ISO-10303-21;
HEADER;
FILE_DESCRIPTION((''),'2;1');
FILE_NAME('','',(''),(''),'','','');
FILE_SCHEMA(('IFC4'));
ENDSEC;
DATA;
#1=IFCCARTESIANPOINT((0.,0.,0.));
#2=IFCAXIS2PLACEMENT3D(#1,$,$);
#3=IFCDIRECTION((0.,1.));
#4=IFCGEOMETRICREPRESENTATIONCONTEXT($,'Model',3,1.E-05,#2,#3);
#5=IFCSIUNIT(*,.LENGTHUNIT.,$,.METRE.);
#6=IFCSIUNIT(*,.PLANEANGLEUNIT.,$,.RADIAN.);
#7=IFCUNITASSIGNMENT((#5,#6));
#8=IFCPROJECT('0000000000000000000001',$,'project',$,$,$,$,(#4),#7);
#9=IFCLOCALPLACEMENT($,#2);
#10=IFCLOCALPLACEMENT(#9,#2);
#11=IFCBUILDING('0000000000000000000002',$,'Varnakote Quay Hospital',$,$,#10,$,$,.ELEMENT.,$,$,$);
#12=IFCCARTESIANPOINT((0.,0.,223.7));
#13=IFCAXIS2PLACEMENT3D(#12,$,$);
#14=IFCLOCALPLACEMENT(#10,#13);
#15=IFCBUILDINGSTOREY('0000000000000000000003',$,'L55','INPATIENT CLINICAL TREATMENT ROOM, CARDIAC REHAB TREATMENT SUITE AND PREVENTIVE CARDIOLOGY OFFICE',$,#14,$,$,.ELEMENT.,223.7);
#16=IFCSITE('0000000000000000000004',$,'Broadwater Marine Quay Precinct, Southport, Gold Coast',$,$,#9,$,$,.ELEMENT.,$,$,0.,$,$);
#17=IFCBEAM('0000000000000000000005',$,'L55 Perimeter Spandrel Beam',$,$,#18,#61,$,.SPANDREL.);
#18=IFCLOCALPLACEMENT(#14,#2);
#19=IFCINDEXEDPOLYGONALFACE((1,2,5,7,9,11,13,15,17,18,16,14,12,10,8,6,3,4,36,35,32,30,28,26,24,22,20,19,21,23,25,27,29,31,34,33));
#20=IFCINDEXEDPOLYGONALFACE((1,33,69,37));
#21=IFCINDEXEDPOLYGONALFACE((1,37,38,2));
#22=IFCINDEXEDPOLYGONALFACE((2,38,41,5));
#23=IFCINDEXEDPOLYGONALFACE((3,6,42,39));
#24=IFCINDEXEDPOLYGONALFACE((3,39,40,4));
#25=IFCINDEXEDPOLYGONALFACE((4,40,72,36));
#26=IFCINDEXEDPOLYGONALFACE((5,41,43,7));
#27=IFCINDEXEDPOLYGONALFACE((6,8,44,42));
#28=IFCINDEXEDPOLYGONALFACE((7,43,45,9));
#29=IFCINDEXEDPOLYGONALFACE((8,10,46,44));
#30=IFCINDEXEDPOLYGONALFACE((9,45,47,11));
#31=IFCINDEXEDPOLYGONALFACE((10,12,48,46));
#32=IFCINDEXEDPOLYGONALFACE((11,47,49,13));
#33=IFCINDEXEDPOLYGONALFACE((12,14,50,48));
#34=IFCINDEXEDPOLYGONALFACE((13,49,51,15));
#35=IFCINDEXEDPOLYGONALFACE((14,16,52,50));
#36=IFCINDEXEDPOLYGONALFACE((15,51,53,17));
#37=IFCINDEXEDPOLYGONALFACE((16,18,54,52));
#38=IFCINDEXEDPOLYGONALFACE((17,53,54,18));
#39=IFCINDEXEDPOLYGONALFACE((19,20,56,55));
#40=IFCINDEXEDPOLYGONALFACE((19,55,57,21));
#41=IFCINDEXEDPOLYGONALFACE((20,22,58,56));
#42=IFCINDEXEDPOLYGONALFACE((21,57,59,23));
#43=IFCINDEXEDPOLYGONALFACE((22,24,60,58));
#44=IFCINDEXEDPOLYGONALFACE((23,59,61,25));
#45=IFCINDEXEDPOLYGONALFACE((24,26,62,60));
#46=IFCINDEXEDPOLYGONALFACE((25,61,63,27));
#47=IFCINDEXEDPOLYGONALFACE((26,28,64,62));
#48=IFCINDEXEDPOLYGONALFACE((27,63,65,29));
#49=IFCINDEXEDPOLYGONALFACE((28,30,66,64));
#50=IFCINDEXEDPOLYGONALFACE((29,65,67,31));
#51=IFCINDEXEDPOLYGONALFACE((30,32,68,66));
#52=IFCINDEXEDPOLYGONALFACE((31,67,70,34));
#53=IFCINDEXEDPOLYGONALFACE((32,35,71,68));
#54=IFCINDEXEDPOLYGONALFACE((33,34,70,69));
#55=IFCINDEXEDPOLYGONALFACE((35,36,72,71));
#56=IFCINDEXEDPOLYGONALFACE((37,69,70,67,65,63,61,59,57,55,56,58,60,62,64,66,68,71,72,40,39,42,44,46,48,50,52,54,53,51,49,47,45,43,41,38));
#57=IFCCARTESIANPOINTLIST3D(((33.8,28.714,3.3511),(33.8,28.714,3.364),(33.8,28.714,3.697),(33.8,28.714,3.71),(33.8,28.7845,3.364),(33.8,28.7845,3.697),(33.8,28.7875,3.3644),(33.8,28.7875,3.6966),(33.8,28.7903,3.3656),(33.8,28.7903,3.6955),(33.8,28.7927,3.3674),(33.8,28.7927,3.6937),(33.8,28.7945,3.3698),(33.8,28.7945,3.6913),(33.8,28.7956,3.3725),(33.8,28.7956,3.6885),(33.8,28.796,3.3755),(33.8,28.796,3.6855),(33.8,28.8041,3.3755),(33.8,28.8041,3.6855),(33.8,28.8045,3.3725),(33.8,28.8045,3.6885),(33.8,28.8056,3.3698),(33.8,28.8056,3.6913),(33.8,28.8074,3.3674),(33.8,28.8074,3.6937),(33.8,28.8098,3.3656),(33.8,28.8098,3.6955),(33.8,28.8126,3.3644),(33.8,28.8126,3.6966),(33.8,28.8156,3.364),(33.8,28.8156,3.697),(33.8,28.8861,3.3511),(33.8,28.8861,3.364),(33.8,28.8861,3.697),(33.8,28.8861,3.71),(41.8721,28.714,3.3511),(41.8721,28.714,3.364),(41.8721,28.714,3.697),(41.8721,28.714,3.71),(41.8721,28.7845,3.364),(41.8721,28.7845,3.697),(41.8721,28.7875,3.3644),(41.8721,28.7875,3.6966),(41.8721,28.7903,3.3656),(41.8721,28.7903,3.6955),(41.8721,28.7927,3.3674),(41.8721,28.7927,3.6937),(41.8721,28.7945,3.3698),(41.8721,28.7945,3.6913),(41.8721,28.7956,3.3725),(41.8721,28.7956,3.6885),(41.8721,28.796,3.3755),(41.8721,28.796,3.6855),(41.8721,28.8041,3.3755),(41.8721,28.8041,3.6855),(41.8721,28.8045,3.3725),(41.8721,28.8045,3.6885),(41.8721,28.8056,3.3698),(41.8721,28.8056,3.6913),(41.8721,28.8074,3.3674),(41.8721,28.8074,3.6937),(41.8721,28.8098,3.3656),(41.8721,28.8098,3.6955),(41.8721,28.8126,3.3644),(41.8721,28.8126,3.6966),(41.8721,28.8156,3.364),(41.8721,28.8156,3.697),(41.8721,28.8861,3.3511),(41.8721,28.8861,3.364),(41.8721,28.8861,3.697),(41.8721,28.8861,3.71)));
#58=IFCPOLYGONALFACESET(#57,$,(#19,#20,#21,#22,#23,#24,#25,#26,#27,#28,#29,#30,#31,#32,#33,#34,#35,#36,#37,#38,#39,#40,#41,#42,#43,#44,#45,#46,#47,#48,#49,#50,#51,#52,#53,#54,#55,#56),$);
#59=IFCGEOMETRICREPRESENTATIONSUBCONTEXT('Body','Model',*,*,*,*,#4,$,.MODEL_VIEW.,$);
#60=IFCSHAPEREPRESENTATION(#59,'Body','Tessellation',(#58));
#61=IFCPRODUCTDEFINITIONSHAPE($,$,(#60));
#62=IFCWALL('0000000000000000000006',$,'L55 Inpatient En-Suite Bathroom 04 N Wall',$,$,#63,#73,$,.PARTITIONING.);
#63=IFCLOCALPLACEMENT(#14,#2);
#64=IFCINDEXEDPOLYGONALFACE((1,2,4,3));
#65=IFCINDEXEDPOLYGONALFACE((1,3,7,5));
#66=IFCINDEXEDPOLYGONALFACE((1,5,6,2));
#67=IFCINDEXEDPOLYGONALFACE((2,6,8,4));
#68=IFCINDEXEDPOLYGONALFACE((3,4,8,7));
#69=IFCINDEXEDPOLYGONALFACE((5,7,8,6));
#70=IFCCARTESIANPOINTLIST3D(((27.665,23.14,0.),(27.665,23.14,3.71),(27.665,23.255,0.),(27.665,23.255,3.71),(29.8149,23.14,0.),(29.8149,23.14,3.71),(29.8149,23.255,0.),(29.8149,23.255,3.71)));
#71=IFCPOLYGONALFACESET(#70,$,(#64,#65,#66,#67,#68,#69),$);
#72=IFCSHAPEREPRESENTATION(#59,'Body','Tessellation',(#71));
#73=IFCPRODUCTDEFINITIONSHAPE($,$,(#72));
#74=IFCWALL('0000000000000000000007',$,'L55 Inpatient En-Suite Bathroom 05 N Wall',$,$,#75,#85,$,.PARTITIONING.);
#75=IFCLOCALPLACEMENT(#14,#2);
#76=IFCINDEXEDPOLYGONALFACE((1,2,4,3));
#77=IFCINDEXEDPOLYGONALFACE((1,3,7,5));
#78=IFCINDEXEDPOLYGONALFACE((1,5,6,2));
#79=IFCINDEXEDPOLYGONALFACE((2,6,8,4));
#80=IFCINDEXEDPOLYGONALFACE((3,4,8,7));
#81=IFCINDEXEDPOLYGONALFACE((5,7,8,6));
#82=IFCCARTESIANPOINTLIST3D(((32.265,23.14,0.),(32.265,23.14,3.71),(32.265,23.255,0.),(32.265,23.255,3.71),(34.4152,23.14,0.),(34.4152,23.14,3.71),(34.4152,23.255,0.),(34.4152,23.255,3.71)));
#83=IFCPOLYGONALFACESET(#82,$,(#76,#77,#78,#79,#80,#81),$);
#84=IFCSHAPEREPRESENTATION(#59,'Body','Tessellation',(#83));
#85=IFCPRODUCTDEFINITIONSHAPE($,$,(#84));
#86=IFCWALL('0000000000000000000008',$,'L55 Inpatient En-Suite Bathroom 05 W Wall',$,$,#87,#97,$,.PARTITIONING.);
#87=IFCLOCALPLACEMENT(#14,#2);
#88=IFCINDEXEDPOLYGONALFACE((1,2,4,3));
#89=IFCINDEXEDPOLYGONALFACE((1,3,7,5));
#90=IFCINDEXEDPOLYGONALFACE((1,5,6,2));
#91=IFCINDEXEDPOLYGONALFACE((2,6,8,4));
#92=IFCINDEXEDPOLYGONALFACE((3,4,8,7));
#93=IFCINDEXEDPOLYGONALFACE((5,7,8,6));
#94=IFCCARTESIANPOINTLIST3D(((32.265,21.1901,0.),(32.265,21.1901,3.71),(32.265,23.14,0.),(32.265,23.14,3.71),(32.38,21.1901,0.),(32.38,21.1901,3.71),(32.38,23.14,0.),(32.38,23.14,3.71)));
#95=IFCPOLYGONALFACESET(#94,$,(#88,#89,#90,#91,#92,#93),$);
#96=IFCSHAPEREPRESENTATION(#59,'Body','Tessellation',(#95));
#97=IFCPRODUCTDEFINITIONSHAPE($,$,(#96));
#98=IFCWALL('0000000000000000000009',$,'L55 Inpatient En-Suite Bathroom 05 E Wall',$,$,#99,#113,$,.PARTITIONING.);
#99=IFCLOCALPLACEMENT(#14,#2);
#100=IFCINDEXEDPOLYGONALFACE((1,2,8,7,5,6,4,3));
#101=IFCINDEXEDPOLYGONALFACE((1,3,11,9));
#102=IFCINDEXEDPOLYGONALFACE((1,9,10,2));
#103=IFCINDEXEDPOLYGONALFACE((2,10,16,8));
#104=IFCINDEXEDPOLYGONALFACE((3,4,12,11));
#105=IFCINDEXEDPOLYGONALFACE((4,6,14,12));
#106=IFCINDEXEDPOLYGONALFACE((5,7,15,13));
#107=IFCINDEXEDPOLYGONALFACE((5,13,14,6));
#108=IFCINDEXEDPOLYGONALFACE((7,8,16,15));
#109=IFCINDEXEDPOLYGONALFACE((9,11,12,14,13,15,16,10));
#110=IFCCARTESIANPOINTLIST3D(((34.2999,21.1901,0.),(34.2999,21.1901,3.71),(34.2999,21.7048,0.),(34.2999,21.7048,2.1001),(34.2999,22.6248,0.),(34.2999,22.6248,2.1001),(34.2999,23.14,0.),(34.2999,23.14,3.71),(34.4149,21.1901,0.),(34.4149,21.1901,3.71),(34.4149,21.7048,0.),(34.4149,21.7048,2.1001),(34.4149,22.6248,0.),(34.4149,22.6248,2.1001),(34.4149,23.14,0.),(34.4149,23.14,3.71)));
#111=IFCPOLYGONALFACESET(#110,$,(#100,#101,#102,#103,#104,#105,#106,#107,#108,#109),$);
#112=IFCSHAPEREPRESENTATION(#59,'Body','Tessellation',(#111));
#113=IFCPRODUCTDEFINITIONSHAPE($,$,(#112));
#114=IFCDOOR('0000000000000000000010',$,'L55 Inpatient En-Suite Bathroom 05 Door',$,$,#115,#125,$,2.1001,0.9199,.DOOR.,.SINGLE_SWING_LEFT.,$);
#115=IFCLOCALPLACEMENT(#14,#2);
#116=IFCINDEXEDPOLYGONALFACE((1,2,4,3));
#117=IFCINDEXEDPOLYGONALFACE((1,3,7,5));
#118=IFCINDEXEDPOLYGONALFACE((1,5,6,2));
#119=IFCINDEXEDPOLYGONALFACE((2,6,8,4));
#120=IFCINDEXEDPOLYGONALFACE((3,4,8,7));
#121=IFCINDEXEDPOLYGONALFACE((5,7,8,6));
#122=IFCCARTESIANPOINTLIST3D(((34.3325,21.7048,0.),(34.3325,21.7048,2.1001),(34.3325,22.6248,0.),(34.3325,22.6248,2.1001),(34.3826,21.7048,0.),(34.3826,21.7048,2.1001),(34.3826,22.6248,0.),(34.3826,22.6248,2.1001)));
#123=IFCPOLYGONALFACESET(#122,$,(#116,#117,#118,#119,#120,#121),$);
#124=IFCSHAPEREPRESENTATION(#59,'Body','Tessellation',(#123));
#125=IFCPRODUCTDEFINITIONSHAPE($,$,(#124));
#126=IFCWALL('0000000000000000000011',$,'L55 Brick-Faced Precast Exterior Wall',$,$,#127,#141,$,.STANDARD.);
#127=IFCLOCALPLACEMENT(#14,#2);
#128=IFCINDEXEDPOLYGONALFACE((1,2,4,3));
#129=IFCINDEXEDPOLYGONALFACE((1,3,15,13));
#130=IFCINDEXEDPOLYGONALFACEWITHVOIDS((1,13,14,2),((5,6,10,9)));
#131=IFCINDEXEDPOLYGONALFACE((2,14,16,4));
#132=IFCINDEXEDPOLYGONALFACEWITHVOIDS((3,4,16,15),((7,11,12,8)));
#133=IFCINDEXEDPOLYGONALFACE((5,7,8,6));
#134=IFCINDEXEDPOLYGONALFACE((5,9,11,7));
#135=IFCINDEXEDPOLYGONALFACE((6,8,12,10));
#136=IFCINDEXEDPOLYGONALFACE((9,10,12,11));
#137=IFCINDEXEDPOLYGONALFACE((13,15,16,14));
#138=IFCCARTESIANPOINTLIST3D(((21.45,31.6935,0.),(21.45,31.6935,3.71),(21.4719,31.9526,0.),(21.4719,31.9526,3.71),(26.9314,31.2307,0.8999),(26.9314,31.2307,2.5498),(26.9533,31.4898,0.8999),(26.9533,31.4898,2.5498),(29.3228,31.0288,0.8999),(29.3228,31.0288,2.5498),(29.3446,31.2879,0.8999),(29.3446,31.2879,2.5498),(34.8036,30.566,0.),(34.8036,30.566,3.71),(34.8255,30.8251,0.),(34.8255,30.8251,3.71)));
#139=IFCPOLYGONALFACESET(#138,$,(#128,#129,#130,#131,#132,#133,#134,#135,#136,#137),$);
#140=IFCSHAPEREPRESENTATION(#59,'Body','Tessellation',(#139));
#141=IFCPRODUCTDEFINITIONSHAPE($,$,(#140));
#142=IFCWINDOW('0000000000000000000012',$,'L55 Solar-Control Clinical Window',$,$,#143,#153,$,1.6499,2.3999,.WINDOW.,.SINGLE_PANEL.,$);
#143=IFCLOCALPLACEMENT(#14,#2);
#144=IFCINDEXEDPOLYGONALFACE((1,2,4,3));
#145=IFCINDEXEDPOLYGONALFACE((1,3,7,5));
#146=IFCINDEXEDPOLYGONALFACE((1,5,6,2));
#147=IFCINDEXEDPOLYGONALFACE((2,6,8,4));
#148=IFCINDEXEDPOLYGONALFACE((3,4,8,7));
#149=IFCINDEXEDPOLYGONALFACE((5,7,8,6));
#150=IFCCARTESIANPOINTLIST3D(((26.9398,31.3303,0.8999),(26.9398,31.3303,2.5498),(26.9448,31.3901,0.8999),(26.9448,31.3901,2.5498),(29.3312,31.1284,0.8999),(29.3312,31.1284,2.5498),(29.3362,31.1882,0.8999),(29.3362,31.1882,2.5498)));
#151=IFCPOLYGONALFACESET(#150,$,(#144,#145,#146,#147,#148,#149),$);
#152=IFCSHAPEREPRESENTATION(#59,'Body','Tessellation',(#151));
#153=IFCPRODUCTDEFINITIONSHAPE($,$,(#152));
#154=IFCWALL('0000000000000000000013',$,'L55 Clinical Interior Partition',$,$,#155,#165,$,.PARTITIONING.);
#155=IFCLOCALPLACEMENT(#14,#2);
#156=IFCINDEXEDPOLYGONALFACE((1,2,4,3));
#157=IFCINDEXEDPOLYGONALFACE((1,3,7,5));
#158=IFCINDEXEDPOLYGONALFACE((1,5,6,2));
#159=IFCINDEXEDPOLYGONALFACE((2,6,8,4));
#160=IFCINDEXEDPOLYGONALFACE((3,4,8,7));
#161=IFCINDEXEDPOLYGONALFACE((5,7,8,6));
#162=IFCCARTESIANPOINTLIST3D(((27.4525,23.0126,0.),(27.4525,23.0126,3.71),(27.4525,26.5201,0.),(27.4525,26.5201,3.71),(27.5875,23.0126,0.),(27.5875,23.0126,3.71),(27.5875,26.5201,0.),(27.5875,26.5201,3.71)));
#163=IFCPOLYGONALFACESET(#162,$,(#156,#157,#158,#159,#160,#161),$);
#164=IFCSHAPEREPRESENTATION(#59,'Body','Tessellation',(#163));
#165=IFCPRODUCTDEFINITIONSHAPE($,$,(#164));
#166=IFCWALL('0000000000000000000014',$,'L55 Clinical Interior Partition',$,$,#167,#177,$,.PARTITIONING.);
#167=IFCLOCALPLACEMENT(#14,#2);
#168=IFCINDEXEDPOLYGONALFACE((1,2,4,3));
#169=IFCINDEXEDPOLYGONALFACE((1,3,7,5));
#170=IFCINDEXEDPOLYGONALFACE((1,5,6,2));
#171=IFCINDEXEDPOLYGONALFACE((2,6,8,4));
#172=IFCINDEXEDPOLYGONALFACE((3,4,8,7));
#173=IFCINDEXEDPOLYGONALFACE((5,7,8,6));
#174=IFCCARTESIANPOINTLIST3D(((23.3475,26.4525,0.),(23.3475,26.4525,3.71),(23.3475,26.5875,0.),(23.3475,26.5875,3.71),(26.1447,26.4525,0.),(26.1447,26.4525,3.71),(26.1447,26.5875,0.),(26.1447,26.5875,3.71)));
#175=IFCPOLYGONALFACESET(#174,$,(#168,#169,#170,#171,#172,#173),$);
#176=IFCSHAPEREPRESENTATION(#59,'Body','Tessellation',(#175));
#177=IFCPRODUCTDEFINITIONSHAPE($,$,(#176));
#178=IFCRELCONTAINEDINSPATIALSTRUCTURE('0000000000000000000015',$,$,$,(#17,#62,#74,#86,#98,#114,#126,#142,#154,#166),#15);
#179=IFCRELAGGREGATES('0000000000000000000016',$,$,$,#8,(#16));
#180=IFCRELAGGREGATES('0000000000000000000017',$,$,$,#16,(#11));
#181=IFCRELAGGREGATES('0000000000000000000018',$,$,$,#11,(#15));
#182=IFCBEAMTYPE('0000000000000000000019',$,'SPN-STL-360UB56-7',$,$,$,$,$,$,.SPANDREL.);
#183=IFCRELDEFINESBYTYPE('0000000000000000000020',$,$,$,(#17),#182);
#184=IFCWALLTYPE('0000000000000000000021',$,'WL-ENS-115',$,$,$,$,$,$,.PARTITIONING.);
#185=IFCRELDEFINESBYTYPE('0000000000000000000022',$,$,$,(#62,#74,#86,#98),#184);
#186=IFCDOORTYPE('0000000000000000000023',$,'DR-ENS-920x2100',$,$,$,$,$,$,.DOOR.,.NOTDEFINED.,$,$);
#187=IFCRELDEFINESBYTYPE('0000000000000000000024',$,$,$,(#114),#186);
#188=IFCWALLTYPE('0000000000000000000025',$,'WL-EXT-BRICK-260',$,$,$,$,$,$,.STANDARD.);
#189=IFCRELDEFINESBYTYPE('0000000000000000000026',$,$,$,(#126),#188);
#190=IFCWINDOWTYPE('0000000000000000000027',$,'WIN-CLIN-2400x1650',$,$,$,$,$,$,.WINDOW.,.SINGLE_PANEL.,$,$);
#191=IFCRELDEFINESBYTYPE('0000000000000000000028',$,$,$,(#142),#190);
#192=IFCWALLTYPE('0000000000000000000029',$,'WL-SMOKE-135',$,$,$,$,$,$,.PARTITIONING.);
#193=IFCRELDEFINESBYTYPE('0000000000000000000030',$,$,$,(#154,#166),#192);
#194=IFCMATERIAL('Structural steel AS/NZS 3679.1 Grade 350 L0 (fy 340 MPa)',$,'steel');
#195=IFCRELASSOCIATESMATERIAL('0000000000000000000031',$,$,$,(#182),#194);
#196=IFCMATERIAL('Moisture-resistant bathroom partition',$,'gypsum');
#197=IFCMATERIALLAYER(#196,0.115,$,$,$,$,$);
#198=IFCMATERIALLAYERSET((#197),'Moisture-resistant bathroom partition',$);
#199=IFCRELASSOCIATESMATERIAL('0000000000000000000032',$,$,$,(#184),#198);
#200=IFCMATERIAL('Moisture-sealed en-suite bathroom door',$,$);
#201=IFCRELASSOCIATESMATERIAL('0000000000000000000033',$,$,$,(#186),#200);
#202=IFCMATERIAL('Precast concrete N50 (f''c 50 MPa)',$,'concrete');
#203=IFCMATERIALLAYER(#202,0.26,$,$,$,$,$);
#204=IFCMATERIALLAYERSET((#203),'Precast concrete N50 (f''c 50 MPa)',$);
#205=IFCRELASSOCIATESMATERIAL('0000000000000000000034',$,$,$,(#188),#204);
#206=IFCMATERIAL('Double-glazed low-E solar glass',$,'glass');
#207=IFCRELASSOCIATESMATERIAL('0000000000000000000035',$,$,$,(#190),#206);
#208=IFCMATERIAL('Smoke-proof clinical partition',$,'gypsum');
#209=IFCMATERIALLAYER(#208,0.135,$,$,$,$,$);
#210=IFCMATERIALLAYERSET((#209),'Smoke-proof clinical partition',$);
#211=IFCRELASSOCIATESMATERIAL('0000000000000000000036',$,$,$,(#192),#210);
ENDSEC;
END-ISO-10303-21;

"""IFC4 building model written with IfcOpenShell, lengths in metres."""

from ifc_helpers import new_model, si_unit, direction, frame, frame_2d, origin, origin_2d, place, context, subcontext, project, spatial, rectangle, i_section, extrude, material, layer, layer_set, material_profile, profile_set, type_object, element, fill, save


model = new_model("IFC4")

# Units and contexts
model_context = context("Model", 3, precision=1e-05, world=origin(), true_north=direction((0.0, 1.0)))
body_context = subcontext(model_context, "Body", "Model", "MODEL_VIEW")
ifc_project = project(units=[si_unit("LENGTHUNIT", "METRE"), si_unit("PLANEANGLEUNIT", "RADIAN")], contexts=[model_context])

# Site, building, storey
site_placement = place(None, origin())
site = spatial("IfcSite", under=ifc_project, at=site_placement, Name="Broadwater Marine Quay Precinct, Southport, Gold Coast", CompositionType="ELEMENT", RefElevation=0.0)
building_placement = place(site_placement, origin())
building = spatial("IfcBuilding", under=site, at=building_placement, Name="Varnakote Quay Hospital", CompositionType="ELEMENT")
storey_placement = place(building_placement, frame((0.0, 0.0, 223.7)))
storey = spatial("IfcBuildingStorey", under=building, at=storey_placement, Name="L55", Description="INPATIENT CLINICAL TREATMENT ROOM, CARDIAC REHAB TREATMENT SUITE AND PREVENTIVE CARDIOLOGY OFFICE", CompositionType="ELEMENT", Elevation=223.7)

# Beam
ifc_material_1 = material(Name="Structural steel AS/NZS 3679.1 Grade 350 L0 (fy 340 MPa)", Category="steel")
ifc_material_profile_1 = material_profile(ifc_material_1, i_section(OverallWidth=0.1721, OverallDepth=0.3589, WebThickness=0.0081, FlangeThickness=0.0129, FilletRadius=0.0115, at=origin_2d()), Name="360UB56.7")
ifc_profile_set_1 = profile_set([ifc_material_profile_1], Name="Structural steel AS/NZS 3679.1 Grade 350 L0 (fy 340 MPa)")
beam_type_1 = type_object("IfcBeamType", Name="SPN-STL-360UB56-7", PredefinedType="SPANDREL", material=ifc_profile_set_1)
for number, where, z_axis, x_axis, name in (
    (1, (33.8, 28.8, 3.5305), (1.0, 0.0, 0.0), (0.0, 1.0, 0.0), "L55 Perimeter Spandrel Beam"),
):
    element("IfcBeam", number, at=place(storey_placement, frame(where, z_axis=z_axis, x_axis=x_axis)), inside=storey, type_object=beam_type_1, Name=name, PredefinedType="SPANDREL", context=body_context, shape_type="SweptSolid", body=[
        extrude(i_section(OverallWidth=0.1721, OverallDepth=0.3589, WebThickness=0.0081, FlangeThickness=0.0129, FilletRadius=0.0115, at=origin_2d()), origin(), (0.0, 0.0, 1.0), 8.072),
    ])

# Walls
ifc_material_2 = material(Name="Moisture-resistant bathroom partition", Category="gypsum")
ifc_layer_1 = layer(ifc_material_2, 0.115)
ifc_layer_set_1 = layer_set([ifc_layer_1], Name="Moisture-resistant bathroom partition")
wall_type_1 = type_object("IfcWallType", Name="WL-ENS-115", PredefinedType="PARTITIONING", material=ifc_layer_set_1)
wall_1_placement = place(storey_placement, frame((27.665, 23.1975, 0.0), z_axis=(0.0, 0.0, 1.0), x_axis=(1.0, 0.0, 0.0)))
element("IfcWall", 2, at=wall_1_placement, inside=storey, type_object=wall_type_1, Name="L55 Inpatient En-Suite Bathroom 04 N Wall", PredefinedType="PARTITIONING", context=body_context, shape_type="SweptSolid", body=[
    extrude(rectangle(XDim=2.1499, YDim=0.115, at=frame_2d((1.075, 0.0))), origin(), (0.0, 0.0, 1.0), 3.71),
])
wall_2_placement = place(storey_placement, frame((32.2649, 23.1975, 0.0), z_axis=(0.0, 0.0, 1.0), x_axis=(1.0, 0.0, 0.0)))
element("IfcWall", 3, at=wall_2_placement, inside=storey, type_object=wall_type_1, Name="L55 Inpatient En-Suite Bathroom 05 N Wall", PredefinedType="PARTITIONING", context=body_context, shape_type="SweptSolid", body=[
    extrude(rectangle(XDim=2.1501, YDim=0.115, at=frame_2d((1.0752, 0.0))), origin(), (0.0, 0.0, 1.0), 3.71),
])
wall_3_placement = place(storey_placement, frame((32.3225, 21.1899, 0.0), z_axis=(0.0, 0.0, 1.0), x_axis=(0.0, 1.0, 0.0)))
element("IfcWall", 4, at=wall_3_placement, inside=storey, type_object=wall_type_1, Name="L55 Inpatient En-Suite Bathroom 05 W Wall", PredefinedType="PARTITIONING", context=body_context, shape_type="SweptSolid", body=[
    extrude(rectangle(XDim=1.95, YDim=0.115, at=frame_2d((0.9751, 0.0))), origin(), (0.0, 0.0, 1.0), 3.71),
])

# Wall, opening, door
wall_4_placement = place(storey_placement, frame((34.3574, 21.1899, 0.0), z_axis=(0.0, 0.0, 1.0), x_axis=(0.0, 1.0, 0.0)))
wall_4 = element("IfcWall", 5, at=wall_4_placement, inside=storey, type_object=wall_type_1, Name="L55 Inpatient En-Suite Bathroom 05 E Wall", PredefinedType="PARTITIONING", context=body_context, shape_type="SweptSolid", body=[
    extrude(rectangle(XDim=1.95, YDim=0.115, at=frame_2d((0.9751, 0.0))), origin(), (0.0, 0.0, 1.0), 3.71),
])
opening_1_placement = place(wall_4_placement, frame((0.5149, 0.0, 0.0)))
opening_1 = element("IfcOpeningElement", 6, at=opening_1_placement, cuts=wall_4, PredefinedType="OPENING", context=body_context, shape_type="SweptSolid", body=[
    extrude(rectangle(XDim=0.9199, YDim=2.1001, at=frame_2d((0.46, 1.05))), frame((0.0, 0.0674, 0.0), z_axis=(0.0, -1.0, 0.0), x_axis=(1.0, 0.0, 0.0)), (0.0, 0.0, 1.0), 0.135),
])
ifc_material_3 = material(Name="Moisture-sealed en-suite bathroom door")
door_type_1 = type_object("IfcDoorType", Name="DR-ENS-920x2100", OperationType="NOTDEFINED", PredefinedType="DOOR", material=ifc_material_3)
door_1_placement = place(opening_1_placement, origin())
door_1 = element("IfcDoor", 7, at=door_1_placement, inside=storey, type_object=door_type_1, Name="L55 Inpatient En-Suite Bathroom 05 Door", OperationType="SINGLE_SWING_LEFT", OverallHeight=2.1001, OverallWidth=0.9199, PredefinedType="DOOR", context=body_context, shape_type="SweptSolid", body=[
    extrude(rectangle(XDim=0.9199, YDim=2.1001, at=frame_2d((0.46, 1.05))), frame((0.0, 0.0249, 0.0), z_axis=(0.0, -1.0, 0.0), x_axis=(1.0, 0.0, 0.0)), (0.0, 0.0, 1.0), 0.05),
])
fill(opening_1, door_1)

# Wall, opening, window
ifc_material_4 = material(Name="Precast concrete N50 (f'c 50 MPa)", Category="concrete")
ifc_layer_2 = layer(ifc_material_4, 0.26)
ifc_layer_set_2 = layer_set([ifc_layer_2], Name="Precast concrete N50 (f'c 50 MPa)")
wall_type_2 = type_object("IfcWallType", Name="WL-EXT-BRICK-260", PredefinedType="STANDARD", material=ifc_layer_set_2)
wall_5_placement = place(storey_placement, frame((34.8147, 30.6956, 0.0), z_axis=(0.0, 0.0, 1.0), x_axis=(-0.996455, 0.084131, 0.0)))
wall_5 = element("IfcWall", 8, at=wall_5_placement, inside=storey, type_object=wall_type_2, Name="L55 Brick-Faced Precast Exterior Wall", PredefinedType="STANDARD", context=body_context, shape_type="SweptSolid", body=[
    extrude(rectangle(XDim=13.4011, YDim=0.26, at=frame_2d((6.7007, 0.0))), origin(), (0.0, 0.0, 1.0), 3.71),
])
opening_2_placement = place(wall_5_placement, frame((5.5005, 0.0, 0.8999)))
opening_2 = element("IfcOpeningElement", 9, at=opening_2_placement, cuts=wall_5, PredefinedType="OPENING", context=body_context, shape_type="SweptSolid", body=[
    extrude(rectangle(XDim=2.3999, YDim=1.6499, at=frame_2d((1.2, 0.825))), frame((0.0, 0.1399, 0.0), z_axis=(0.0, -1.0, 0.0), x_axis=(1.0, 0.0, 0.0)), (0.0, 0.0, 1.0), 0.28),
])
ifc_material_5 = material(Name="Double-glazed low-E solar glass", Category="glass")
window_type = type_object("IfcWindowType", Name="WIN-CLIN-2400x1650", PartitioningType="SINGLE_PANEL", PredefinedType="WINDOW", material=ifc_material_5)
window_placement = place(opening_2_placement, origin())
window = element("IfcWindow", 10, at=window_placement, inside=storey, type_object=window_type, Name="L55 Solar-Control Clinical Window", OverallHeight=1.6499, OverallWidth=2.3999, PartitioningType="SINGLE_PANEL", PredefinedType="WINDOW", context=body_context, shape_type="SweptSolid", body=[
    extrude(rectangle(XDim=2.3999, YDim=1.6499, at=frame_2d((1.2, 0.825))), frame((0.0, 0.03, 0.0), z_axis=(0.0, -1.0, 0.0), x_axis=(1.0, 0.0, 0.0)), (0.0, 0.0, 1.0), 0.0601),
])
fill(opening_2, window)

# Walls
ifc_material_6 = material(Name="Smoke-proof clinical partition", Category="gypsum")
ifc_layer_3 = layer(ifc_material_6, 0.135)
ifc_layer_set_3 = layer_set([ifc_layer_3], Name="Smoke-proof clinical partition")
wall_type_3 = type_object("IfcWallType", Name="WL-SMOKE-135", PredefinedType="PARTITIONING", material=ifc_layer_set_3)
wall_6_placement = place(storey_placement, frame((27.52, 23.0125, 0.0), z_axis=(0.0, 0.0, 1.0), x_axis=(0.0, 1.0, 0.0)))
element("IfcWall", 11, at=wall_6_placement, inside=storey, type_object=wall_type_3, Name="L55 Clinical Interior Partition", PredefinedType="PARTITIONING", context=body_context, shape_type="SweptSolid", body=[
    extrude(rectangle(XDim=3.5076, YDim=0.135, at=frame_2d((1.7539, 0.0))), origin(), (0.0, 0.0, 1.0), 3.71),
])
wall_7_placement = place(storey_placement, frame((26.1445, 26.52, 0.0), z_axis=(0.0, 0.0, 1.0), x_axis=(-1.0, 0.0, 0.0)))
element("IfcWall", 12, at=wall_7_placement, inside=storey, type_object=wall_type_3, Name="L55 Clinical Interior Partition", PredefinedType="PARTITIONING", context=body_context, shape_type="SweptSolid", body=[
    extrude(rectangle(XDim=2.7971, YDim=0.135, at=frame_2d((1.3984, 0.0))), origin(), (0.0, 0.0, 1.0), 3.71),
])

save(model, "model.ifc")
